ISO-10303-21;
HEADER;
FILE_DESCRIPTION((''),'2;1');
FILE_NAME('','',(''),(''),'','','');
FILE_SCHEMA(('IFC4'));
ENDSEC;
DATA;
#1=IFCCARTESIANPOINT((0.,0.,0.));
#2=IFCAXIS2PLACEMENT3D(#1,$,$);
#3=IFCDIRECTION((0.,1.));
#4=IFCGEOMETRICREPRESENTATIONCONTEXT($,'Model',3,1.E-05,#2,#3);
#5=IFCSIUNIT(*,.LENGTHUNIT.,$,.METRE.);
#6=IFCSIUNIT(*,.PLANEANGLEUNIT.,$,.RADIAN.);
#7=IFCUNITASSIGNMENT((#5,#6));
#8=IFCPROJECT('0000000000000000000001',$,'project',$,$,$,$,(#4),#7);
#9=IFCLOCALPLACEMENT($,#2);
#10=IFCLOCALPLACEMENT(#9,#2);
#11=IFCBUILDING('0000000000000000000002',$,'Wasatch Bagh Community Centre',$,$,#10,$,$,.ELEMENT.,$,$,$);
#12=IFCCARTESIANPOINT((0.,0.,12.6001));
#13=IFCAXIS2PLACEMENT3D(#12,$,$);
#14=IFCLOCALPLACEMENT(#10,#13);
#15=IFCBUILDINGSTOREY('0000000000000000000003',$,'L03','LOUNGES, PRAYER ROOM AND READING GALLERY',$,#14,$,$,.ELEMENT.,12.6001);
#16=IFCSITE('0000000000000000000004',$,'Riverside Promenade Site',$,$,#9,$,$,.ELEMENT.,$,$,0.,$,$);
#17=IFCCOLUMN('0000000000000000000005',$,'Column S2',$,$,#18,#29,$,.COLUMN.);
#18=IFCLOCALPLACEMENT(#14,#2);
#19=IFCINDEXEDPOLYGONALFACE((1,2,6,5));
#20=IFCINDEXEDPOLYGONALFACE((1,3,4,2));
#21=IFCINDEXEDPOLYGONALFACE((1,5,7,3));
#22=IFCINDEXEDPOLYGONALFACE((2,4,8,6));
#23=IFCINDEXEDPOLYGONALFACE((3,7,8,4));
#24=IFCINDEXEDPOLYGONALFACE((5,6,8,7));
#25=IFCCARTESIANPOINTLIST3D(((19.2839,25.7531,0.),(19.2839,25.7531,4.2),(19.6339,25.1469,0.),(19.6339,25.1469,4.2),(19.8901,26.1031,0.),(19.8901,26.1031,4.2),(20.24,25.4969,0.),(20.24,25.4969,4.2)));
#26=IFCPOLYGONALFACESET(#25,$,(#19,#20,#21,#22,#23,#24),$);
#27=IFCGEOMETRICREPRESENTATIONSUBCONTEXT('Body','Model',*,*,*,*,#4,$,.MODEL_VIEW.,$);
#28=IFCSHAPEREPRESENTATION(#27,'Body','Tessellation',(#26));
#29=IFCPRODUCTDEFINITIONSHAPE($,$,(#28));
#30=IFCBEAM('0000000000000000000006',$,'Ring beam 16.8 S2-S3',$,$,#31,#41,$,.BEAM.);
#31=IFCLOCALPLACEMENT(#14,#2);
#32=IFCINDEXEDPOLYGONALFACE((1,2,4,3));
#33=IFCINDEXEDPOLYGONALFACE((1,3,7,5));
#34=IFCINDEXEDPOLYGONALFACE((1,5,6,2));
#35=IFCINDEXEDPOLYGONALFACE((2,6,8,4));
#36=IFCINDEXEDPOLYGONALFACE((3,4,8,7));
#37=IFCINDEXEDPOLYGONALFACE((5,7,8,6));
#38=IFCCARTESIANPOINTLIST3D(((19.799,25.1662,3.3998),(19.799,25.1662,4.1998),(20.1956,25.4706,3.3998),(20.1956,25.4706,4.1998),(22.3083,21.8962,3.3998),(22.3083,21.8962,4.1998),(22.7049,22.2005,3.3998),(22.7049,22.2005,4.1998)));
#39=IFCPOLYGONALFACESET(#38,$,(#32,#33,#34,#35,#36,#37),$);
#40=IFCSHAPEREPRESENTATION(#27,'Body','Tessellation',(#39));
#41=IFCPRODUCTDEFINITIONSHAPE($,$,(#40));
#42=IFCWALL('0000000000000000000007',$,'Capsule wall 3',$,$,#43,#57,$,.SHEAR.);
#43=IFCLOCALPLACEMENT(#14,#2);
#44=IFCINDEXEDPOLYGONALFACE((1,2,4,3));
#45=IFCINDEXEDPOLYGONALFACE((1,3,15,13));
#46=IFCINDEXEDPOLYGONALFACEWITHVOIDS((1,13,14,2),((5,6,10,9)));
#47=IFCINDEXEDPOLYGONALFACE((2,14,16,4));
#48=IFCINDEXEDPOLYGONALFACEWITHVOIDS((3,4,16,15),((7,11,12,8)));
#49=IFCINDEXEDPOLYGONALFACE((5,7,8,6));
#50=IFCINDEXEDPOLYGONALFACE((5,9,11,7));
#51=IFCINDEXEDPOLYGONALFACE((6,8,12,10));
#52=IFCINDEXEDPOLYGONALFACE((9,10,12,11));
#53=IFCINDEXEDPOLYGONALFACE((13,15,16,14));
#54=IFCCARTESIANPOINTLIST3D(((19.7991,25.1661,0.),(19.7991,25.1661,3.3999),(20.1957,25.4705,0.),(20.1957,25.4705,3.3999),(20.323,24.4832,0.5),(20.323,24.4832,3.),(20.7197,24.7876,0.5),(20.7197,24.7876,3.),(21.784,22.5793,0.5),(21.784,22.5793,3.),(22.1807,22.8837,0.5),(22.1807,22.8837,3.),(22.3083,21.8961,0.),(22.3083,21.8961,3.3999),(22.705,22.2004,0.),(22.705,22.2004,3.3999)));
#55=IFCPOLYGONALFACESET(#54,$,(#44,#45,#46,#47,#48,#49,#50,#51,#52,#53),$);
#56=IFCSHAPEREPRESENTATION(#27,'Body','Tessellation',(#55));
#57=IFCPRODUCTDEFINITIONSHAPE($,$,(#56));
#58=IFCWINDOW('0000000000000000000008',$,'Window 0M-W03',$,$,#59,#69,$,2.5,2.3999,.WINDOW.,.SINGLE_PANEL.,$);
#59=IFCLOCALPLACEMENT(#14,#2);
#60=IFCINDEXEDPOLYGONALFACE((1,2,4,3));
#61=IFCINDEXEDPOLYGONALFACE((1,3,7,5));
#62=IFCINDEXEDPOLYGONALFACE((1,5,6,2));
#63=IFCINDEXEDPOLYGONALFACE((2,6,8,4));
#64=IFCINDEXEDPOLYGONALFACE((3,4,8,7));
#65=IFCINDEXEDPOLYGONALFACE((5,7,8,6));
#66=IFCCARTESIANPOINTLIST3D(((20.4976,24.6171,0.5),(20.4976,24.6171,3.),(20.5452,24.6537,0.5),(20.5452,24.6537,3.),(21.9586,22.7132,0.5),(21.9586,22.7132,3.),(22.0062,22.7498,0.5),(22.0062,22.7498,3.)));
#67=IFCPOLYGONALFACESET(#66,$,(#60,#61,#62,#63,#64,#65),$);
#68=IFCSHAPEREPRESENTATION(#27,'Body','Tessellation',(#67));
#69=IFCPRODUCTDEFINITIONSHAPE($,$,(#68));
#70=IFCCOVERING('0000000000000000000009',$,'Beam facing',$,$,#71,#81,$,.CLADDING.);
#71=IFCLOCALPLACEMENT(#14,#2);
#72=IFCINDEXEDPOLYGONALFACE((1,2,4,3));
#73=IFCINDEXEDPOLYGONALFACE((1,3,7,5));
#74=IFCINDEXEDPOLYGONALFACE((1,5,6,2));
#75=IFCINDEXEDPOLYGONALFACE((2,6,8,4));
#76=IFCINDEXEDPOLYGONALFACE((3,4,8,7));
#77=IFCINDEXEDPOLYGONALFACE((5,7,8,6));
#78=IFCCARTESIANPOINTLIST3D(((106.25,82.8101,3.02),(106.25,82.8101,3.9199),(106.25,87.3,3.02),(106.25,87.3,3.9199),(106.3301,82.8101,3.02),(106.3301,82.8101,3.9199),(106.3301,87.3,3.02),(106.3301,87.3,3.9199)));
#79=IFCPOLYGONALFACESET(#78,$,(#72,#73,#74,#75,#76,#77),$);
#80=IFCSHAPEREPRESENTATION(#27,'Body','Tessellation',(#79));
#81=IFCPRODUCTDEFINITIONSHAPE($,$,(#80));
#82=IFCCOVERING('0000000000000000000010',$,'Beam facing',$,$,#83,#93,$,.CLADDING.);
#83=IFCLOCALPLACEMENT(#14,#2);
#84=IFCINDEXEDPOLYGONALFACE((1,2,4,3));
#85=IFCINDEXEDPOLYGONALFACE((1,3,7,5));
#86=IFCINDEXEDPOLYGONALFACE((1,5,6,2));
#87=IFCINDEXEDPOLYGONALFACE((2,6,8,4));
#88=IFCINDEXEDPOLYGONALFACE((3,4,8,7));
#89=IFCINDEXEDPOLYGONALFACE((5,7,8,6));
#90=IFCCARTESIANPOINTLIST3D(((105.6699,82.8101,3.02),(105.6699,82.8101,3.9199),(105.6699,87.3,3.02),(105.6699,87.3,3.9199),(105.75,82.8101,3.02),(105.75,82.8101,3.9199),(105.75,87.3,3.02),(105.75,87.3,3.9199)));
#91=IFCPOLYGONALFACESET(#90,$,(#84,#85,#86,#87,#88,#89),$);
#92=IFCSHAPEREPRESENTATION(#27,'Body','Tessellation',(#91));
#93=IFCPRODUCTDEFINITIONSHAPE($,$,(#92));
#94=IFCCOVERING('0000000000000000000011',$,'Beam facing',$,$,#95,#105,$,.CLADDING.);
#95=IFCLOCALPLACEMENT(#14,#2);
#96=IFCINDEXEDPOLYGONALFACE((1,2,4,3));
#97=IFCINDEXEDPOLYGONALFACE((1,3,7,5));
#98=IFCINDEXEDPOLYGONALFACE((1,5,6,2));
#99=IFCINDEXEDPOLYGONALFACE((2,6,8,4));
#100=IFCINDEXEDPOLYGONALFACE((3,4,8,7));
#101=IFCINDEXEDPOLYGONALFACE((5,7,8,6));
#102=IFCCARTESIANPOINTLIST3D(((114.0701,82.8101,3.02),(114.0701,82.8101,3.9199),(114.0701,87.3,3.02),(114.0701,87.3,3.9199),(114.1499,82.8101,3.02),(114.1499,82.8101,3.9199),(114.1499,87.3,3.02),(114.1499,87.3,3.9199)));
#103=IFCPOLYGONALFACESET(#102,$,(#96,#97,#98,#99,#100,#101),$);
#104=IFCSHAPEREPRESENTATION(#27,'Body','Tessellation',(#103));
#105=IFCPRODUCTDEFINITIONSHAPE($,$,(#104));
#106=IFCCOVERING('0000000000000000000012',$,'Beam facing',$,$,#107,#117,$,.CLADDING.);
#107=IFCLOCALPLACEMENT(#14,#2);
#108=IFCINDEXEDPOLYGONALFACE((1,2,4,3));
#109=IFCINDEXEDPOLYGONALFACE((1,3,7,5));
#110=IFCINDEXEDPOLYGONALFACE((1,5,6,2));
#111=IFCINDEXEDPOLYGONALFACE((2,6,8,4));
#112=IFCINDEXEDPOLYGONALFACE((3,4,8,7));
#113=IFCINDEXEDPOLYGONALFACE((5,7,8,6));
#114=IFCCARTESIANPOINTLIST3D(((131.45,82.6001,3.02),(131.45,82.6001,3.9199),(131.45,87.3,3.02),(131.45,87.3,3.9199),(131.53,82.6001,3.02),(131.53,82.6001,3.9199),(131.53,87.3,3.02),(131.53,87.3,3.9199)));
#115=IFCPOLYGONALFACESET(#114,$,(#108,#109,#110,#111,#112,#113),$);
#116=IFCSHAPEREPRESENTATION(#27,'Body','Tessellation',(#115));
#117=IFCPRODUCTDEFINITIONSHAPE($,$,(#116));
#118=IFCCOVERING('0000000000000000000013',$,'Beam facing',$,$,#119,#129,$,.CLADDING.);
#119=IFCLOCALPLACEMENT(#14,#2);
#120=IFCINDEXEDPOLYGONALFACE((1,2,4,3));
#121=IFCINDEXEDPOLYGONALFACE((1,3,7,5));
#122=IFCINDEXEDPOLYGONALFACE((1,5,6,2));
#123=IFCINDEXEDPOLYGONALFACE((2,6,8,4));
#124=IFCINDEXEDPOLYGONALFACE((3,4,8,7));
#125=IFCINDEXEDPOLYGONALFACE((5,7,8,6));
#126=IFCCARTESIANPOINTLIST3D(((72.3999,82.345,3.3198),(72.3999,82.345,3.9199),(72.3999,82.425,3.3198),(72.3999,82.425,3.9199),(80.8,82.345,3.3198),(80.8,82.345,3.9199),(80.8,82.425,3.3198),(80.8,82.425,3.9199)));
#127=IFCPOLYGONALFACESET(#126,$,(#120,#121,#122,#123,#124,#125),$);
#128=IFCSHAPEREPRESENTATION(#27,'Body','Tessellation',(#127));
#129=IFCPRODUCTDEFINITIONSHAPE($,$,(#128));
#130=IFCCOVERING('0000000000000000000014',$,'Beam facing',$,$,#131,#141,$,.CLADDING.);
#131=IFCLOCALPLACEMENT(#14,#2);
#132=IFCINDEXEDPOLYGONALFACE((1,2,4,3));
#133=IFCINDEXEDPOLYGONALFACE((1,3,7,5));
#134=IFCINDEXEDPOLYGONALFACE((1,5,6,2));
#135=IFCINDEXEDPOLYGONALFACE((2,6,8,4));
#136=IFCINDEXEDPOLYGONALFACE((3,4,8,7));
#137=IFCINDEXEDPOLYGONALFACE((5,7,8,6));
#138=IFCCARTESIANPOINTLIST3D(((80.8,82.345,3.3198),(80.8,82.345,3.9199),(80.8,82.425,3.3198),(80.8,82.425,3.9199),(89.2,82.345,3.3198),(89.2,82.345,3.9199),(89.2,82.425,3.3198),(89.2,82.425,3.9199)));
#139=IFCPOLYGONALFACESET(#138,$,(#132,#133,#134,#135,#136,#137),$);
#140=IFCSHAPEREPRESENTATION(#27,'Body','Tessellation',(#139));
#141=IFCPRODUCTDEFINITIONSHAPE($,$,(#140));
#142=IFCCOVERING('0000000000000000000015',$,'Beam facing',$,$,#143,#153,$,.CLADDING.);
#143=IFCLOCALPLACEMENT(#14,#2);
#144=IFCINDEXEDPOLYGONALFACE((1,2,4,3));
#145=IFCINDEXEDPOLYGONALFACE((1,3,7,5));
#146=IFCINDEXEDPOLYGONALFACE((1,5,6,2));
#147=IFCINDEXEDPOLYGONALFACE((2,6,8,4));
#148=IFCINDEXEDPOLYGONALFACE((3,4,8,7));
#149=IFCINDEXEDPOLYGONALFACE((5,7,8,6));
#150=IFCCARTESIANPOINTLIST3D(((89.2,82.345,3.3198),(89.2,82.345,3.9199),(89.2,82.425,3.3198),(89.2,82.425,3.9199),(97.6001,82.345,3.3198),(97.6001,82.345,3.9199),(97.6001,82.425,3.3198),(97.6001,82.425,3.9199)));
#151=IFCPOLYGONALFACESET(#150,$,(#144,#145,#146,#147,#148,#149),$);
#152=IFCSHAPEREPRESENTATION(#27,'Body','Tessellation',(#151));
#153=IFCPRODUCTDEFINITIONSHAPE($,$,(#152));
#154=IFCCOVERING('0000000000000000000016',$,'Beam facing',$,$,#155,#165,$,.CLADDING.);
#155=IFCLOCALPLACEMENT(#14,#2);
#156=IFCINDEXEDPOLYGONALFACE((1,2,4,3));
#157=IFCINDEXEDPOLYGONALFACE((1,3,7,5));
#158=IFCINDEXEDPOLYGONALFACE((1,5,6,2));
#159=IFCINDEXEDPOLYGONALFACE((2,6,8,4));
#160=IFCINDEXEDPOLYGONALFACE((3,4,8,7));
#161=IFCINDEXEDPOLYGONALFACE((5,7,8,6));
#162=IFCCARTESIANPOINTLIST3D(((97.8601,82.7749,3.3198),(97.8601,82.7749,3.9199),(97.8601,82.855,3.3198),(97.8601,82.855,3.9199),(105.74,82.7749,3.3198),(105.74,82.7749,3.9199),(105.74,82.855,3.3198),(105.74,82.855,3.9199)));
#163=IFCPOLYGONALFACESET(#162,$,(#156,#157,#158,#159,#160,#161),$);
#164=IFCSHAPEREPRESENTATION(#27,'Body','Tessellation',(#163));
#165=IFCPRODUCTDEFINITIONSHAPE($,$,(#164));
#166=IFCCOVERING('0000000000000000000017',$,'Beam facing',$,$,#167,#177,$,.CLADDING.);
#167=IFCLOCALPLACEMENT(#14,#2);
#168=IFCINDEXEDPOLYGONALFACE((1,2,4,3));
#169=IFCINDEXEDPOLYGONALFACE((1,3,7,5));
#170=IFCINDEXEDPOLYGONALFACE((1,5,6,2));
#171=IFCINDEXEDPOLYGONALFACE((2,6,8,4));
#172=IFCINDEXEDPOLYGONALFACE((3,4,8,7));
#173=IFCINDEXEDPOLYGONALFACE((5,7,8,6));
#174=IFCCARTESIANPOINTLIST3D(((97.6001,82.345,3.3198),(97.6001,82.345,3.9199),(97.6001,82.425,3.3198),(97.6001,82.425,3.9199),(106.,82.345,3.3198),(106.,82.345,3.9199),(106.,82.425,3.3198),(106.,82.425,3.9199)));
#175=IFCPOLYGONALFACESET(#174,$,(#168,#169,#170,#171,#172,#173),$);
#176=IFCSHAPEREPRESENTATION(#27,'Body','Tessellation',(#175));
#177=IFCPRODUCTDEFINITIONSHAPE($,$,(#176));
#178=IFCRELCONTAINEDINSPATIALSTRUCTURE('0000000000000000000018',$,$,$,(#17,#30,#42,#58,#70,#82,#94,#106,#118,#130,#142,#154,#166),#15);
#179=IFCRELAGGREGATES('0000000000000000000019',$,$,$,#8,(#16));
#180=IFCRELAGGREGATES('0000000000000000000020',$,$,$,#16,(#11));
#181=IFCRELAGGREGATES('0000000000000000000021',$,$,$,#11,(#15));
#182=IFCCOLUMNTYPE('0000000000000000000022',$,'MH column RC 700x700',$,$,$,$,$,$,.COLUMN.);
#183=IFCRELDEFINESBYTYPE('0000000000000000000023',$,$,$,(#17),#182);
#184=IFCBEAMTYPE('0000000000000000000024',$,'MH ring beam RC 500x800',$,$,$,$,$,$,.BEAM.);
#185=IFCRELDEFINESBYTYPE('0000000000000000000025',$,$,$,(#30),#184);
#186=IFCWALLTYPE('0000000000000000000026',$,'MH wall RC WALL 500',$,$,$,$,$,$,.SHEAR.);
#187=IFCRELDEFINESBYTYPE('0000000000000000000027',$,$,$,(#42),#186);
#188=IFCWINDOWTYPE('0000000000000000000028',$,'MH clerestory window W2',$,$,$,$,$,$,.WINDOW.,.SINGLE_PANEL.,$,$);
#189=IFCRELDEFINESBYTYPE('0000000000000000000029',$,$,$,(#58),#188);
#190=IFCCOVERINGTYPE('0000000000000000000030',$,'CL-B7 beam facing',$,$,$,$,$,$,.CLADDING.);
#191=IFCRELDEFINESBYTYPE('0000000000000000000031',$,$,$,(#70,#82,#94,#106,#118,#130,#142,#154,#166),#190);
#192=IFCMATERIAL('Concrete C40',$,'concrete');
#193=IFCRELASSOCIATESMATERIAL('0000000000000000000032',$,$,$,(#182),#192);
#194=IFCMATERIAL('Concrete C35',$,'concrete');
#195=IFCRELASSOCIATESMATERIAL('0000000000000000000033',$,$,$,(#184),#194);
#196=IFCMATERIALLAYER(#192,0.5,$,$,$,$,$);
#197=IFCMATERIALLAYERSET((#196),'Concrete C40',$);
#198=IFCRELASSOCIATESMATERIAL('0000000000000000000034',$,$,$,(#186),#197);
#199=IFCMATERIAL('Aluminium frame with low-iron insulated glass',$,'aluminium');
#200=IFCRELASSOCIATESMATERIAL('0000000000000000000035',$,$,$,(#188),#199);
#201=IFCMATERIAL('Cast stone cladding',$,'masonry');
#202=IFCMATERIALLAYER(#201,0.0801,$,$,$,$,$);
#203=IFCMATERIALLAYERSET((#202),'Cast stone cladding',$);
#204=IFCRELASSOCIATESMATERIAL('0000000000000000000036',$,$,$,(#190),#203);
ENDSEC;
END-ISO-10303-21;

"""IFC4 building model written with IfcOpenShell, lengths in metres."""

from ifc_helpers import new_model, si_unit, direction, frame, frame_2d, origin, origin_2d, place, context, subcontext, project, spatial, polyline, rectangle, outline, extrude, material, layer, layer_set, material_profile, profile_set, type_object, element, fill, save


model = new_model("IFC4")

# Units and contexts
model_context = context("Model", 3, precision=1e-05, world=origin(), true_north=direction((0.0, 1.0)))
body_context = subcontext(model_context, "Body", "Model", "MODEL_VIEW")
ifc_project = project(units=[si_unit("LENGTHUNIT", "METRE"), si_unit("PLANEANGLEUNIT", "RADIAN")], contexts=[model_context])

# Site, building, storey
site_placement = place(None, origin())
site = spatial("IfcSite", under=ifc_project, at=site_placement, Name="Riverside Promenade Site", CompositionType="ELEMENT", RefElevation=0.0)
building_placement = place(site_placement, origin())
building = spatial("IfcBuilding", under=site, at=building_placement, Name="Wasatch Bagh Community Centre", CompositionType="ELEMENT")
storey_placement = place(building_placement, frame((0.0, 0.0, 12.6001)))
storey = spatial("IfcBuildingStorey", under=building, at=storey_placement, Name="L03", Description="LOUNGES, PRAYER ROOM AND READING GALLERY", CompositionType="ELEMENT", Elevation=12.6001)

# Column
ifc_material_1 = material(Name="Concrete C40", Category="concrete")
ifc_material_profile_1 = material_profile(ifc_material_1, rectangle(XDim=0.7, YDim=0.7, at=origin_2d()), Name="RC 700x700")
ifc_profile_set_1 = profile_set([ifc_material_profile_1], Name="Concrete C40")
column_type = type_object("IfcColumnType", Name="MH column RC 700x700", PredefinedType="COLUMN", material=ifc_profile_set_1)
column_placement = place(storey_placement, frame((19.762, 25.625, 0.0), z_axis=(0.0, 0.0, 1.0), x_axis=(0.866025, 0.5, 0.0)))
element("IfcColumn", 1, at=column_placement, inside=storey, type_object=column_type, Name="Column S2", PredefinedType="COLUMN", context=body_context, shape_type="SweptSolid", body=[
    extrude(rectangle(XDim=0.7, YDim=0.7, at=origin_2d()), origin(), (0.0, 0.0, 1.0), 4.2),
])

# Beam
ifc_material_2 = material(Name="Concrete C35", Category="concrete")
ifc_material_profile_2 = material_profile(ifc_material_2, rectangle(XDim=0.5, YDim=0.8, at=origin_2d()), Name="RC 500x800")
ifc_profile_set_2 = profile_set([ifc_material_profile_2], Name="Concrete C35")
beam_type = type_object("IfcBeamType", Name="MH ring beam RC 500x800", PredefinedType="BEAM", material=ifc_profile_set_2)
beam_placement = place(storey_placement, frame((19.9973, 25.3184, 3.7998), z_axis=(0.608777, -0.793341, 0.0), x_axis=(0.793341, 0.608777, 0.0)))
element("IfcBeam", 2, at=beam_placement, inside=storey, type_object=beam_type, Name="Ring beam 16.8 S2-S3", PredefinedType="BEAM", context=body_context, shape_type="SweptSolid", body=[
    extrude(rectangle(XDim=0.5, YDim=0.8, at=origin_2d()), origin(), (0.0, 0.0, 1.0), 4.1218),
])

# Wall, opening, window
ifc_layer_1 = layer(ifc_material_1, 0.5)
ifc_layer_set_1 = layer_set([ifc_layer_1], Name="Concrete C40")
wall_type = type_object("IfcWallType", Name="MH wall RC WALL 500", PredefinedType="SHEAR", material=ifc_layer_set_1)
wall_placement = place(storey_placement, frame((19.9973, 25.3184, 0.0), z_axis=(0.0, 0.0, 1.0), x_axis=(0.608777, -0.793341, 0.0)))
wall = element("IfcWall", 3, at=wall_placement, inside=storey, type_object=wall_type, Name="Capsule wall 3", PredefinedType="SHEAR", context=body_context, shape_type="SweptSolid", body=[
    extrude(rectangle(XDim=4.1218, YDim=0.5, at=frame_2d((2.061, 0.0))), origin(), (0.0, 0.0, 1.0), 3.3999),
])
opening_placement = place(wall_placement, frame((0.8608, 0.0, 0.5)))
opening = element("IfcOpeningElement", 4, at=opening_placement, cuts=wall, PredefinedType="OPENING", context=body_context, shape_type="SweptSolid", body=[
    extrude(rectangle(XDim=2.3999, YDim=2.5, at=frame_2d((1.2, 1.25))), frame((0.0, 0.26, 0.0), z_axis=(0.0, -1.0, 0.0), x_axis=(1.0, 0.0, 0.0)), (0.0, 0.0, 1.0), 0.52),
])
ifc_material_3 = material(Name="Aluminium frame with low-iron insulated glass", Category="aluminium")
window_type = type_object("IfcWindowType", Name="MH clerestory window W2", PartitioningType="SINGLE_PANEL", PredefinedType="WINDOW", material=ifc_material_3)
window_placement = place(opening_placement, origin())
window = element("IfcWindow", 5, at=window_placement, inside=storey, type_object=window_type, Name="Window 0M-W03", OverallHeight=2.5, OverallWidth=2.3999, PartitioningType="SINGLE_PANEL", PredefinedType="WINDOW", context=body_context, shape_type="SweptSolid", body=[
    extrude(rectangle(XDim=2.3999, YDim=2.5, at=frame_2d((1.2, 1.25))), frame((0.0, 0.03, 0.0), z_axis=(0.0, -1.0, 0.0), x_axis=(1.0, 0.0, 0.0)), (0.0, 0.0, 1.0), 0.0601),
])
fill(opening, window)

# Coverings
ifc_material_4 = material(Name="Cast stone cladding", Category="masonry")
ifc_layer_2 = layer(ifc_material_4, 0.0801)
ifc_layer_set_2 = layer_set([ifc_layer_2], Name="Cast stone cladding")
covering_type_1 = type_object("IfcCoveringType", Name="CL-B7 beam facing", PredefinedType="CLADDING", material=ifc_layer_set_2)
covering_1_placement = place(storey_placement, frame((0.0, 0.0, 3.02)))
element("IfcCovering", 6, at=covering_1_placement, inside=storey, type_object=covering_type_1, Name="Beam facing", PredefinedType="CLADDING", context=body_context, shape_type="SweptSolid", body=[
    extrude(outline(polyline([(106.25, 87.3), (106.25, 82.8101), (106.3301, 82.8101), (106.3301, 87.3), (106.25, 87.3)])), origin(), (0.0, 0.0, 1.0), 0.8999),
])
covering_2_placement = place(storey_placement, frame((0.0, 0.0, 3.02)))
element("IfcCovering", 7, at=covering_2_placement, inside=storey, type_object=covering_type_1, Name="Beam facing", PredefinedType="CLADDING", context=body_context, shape_type="SweptSolid", body=[
    extrude(outline(polyline([(105.75, 87.3), (105.75, 82.8101), (105.6699, 82.8101), (105.6699, 87.3), (105.75, 87.3)])), origin(), (0.0, 0.0, 1.0), 0.8999),
])
covering_3_placement = place(storey_placement, frame((0.0, 0.0, 3.02)))
element("IfcCovering", 8, at=covering_3_placement, inside=storey, type_object=covering_type_1, Name="Beam facing", PredefinedType="CLADDING", context=body_context, shape_type="SweptSolid", body=[
    extrude(outline(polyline([(114.1499, 87.3), (114.1499, 82.8101), (114.0701, 82.8101), (114.0701, 87.3), (114.1499, 87.3)])), origin(), (0.0, 0.0, 1.0), 0.8999),
])
covering_4_placement = place(storey_placement, frame((0.0, 0.0, 3.02)))
element("IfcCovering", 9, at=covering_4_placement, inside=storey, type_object=covering_type_1, Name="Beam facing", PredefinedType="CLADDING", context=body_context, shape_type="SweptSolid", body=[
    extrude(outline(polyline([(131.45, 87.3), (131.45, 82.6001), (131.53, 82.6001), (131.53, 87.3), (131.45, 87.3)])), origin(), (0.0, 0.0, 1.0), 0.8999),
])
covering_5_placement = place(storey_placement, frame((0.0, 0.0, 3.3198)))
element("IfcCovering", 10, at=covering_5_placement, inside=storey, type_object=covering_type_1, Name="Beam facing", PredefinedType="CLADDING", context=body_context, shape_type="SweptSolid", body=[
    extrude(outline(polyline([(72.3999, 82.425), (80.8, 82.425), (80.8, 82.345), (72.3999, 82.345), (72.3999, 82.425)])), origin(), (0.0, 0.0, 1.0), 0.6001),
])
covering_6_placement = place(storey_placement, frame((0.0, 0.0, 3.3198)))
element("IfcCovering", 11, at=covering_6_placement, inside=storey, type_object=covering_type_1, Name="Beam facing", PredefinedType="CLADDING", context=body_context, shape_type="SweptSolid", body=[
    extrude(outline(polyline([(80.8, 82.425), (89.2, 82.425), (89.2, 82.345), (80.8, 82.345), (80.8, 82.425)])), origin(), (0.0, 0.0, 1.0), 0.6001),
])
covering_7_placement = place(storey_placement, frame((0.0, 0.0, 3.3198)))
element("IfcCovering", 12, at=covering_7_placement, inside=storey, type_object=covering_type_1, Name="Beam facing", PredefinedType="CLADDING", context=body_context, shape_type="SweptSolid", body=[
    extrude(outline(polyline([(89.2, 82.425), (97.6001, 82.425), (97.6001, 82.345), (89.2, 82.345), (89.2, 82.425)])), origin(), (0.0, 0.0, 1.0), 0.6001),
])
covering_8_placement = place(storey_placement, frame((0.0, 0.0, 3.3198)))
element("IfcCovering", 13, at=covering_8_placement, inside=storey, type_object=covering_type_1, Name="Beam facing", PredefinedType="CLADDING", context=body_context, shape_type="SweptSolid", body=[
    extrude(outline(polyline([(97.8601, 82.7749), (105.74, 82.7749), (105.74, 82.855), (97.8601, 82.855), (97.8601, 82.7749)])), origin(), (0.0, 0.0, 1.0), 0.6001),
])
covering_9_placement = place(storey_placement, frame((0.0, 0.0, 3.3198)))
element("IfcCovering", 14, at=covering_9_placement, inside=storey, type_object=covering_type_1, Name="Beam facing", PredefinedType="CLADDING", context=body_context, shape_type="SweptSolid", body=[
    extrude(outline(polyline([(97.6001, 82.425), (106.0, 82.425), (106.0, 82.345), (97.6001, 82.345), (97.6001, 82.425)])), origin(), (0.0, 0.0, 1.0), 0.6001),
])

save(model, "model.ifc")
